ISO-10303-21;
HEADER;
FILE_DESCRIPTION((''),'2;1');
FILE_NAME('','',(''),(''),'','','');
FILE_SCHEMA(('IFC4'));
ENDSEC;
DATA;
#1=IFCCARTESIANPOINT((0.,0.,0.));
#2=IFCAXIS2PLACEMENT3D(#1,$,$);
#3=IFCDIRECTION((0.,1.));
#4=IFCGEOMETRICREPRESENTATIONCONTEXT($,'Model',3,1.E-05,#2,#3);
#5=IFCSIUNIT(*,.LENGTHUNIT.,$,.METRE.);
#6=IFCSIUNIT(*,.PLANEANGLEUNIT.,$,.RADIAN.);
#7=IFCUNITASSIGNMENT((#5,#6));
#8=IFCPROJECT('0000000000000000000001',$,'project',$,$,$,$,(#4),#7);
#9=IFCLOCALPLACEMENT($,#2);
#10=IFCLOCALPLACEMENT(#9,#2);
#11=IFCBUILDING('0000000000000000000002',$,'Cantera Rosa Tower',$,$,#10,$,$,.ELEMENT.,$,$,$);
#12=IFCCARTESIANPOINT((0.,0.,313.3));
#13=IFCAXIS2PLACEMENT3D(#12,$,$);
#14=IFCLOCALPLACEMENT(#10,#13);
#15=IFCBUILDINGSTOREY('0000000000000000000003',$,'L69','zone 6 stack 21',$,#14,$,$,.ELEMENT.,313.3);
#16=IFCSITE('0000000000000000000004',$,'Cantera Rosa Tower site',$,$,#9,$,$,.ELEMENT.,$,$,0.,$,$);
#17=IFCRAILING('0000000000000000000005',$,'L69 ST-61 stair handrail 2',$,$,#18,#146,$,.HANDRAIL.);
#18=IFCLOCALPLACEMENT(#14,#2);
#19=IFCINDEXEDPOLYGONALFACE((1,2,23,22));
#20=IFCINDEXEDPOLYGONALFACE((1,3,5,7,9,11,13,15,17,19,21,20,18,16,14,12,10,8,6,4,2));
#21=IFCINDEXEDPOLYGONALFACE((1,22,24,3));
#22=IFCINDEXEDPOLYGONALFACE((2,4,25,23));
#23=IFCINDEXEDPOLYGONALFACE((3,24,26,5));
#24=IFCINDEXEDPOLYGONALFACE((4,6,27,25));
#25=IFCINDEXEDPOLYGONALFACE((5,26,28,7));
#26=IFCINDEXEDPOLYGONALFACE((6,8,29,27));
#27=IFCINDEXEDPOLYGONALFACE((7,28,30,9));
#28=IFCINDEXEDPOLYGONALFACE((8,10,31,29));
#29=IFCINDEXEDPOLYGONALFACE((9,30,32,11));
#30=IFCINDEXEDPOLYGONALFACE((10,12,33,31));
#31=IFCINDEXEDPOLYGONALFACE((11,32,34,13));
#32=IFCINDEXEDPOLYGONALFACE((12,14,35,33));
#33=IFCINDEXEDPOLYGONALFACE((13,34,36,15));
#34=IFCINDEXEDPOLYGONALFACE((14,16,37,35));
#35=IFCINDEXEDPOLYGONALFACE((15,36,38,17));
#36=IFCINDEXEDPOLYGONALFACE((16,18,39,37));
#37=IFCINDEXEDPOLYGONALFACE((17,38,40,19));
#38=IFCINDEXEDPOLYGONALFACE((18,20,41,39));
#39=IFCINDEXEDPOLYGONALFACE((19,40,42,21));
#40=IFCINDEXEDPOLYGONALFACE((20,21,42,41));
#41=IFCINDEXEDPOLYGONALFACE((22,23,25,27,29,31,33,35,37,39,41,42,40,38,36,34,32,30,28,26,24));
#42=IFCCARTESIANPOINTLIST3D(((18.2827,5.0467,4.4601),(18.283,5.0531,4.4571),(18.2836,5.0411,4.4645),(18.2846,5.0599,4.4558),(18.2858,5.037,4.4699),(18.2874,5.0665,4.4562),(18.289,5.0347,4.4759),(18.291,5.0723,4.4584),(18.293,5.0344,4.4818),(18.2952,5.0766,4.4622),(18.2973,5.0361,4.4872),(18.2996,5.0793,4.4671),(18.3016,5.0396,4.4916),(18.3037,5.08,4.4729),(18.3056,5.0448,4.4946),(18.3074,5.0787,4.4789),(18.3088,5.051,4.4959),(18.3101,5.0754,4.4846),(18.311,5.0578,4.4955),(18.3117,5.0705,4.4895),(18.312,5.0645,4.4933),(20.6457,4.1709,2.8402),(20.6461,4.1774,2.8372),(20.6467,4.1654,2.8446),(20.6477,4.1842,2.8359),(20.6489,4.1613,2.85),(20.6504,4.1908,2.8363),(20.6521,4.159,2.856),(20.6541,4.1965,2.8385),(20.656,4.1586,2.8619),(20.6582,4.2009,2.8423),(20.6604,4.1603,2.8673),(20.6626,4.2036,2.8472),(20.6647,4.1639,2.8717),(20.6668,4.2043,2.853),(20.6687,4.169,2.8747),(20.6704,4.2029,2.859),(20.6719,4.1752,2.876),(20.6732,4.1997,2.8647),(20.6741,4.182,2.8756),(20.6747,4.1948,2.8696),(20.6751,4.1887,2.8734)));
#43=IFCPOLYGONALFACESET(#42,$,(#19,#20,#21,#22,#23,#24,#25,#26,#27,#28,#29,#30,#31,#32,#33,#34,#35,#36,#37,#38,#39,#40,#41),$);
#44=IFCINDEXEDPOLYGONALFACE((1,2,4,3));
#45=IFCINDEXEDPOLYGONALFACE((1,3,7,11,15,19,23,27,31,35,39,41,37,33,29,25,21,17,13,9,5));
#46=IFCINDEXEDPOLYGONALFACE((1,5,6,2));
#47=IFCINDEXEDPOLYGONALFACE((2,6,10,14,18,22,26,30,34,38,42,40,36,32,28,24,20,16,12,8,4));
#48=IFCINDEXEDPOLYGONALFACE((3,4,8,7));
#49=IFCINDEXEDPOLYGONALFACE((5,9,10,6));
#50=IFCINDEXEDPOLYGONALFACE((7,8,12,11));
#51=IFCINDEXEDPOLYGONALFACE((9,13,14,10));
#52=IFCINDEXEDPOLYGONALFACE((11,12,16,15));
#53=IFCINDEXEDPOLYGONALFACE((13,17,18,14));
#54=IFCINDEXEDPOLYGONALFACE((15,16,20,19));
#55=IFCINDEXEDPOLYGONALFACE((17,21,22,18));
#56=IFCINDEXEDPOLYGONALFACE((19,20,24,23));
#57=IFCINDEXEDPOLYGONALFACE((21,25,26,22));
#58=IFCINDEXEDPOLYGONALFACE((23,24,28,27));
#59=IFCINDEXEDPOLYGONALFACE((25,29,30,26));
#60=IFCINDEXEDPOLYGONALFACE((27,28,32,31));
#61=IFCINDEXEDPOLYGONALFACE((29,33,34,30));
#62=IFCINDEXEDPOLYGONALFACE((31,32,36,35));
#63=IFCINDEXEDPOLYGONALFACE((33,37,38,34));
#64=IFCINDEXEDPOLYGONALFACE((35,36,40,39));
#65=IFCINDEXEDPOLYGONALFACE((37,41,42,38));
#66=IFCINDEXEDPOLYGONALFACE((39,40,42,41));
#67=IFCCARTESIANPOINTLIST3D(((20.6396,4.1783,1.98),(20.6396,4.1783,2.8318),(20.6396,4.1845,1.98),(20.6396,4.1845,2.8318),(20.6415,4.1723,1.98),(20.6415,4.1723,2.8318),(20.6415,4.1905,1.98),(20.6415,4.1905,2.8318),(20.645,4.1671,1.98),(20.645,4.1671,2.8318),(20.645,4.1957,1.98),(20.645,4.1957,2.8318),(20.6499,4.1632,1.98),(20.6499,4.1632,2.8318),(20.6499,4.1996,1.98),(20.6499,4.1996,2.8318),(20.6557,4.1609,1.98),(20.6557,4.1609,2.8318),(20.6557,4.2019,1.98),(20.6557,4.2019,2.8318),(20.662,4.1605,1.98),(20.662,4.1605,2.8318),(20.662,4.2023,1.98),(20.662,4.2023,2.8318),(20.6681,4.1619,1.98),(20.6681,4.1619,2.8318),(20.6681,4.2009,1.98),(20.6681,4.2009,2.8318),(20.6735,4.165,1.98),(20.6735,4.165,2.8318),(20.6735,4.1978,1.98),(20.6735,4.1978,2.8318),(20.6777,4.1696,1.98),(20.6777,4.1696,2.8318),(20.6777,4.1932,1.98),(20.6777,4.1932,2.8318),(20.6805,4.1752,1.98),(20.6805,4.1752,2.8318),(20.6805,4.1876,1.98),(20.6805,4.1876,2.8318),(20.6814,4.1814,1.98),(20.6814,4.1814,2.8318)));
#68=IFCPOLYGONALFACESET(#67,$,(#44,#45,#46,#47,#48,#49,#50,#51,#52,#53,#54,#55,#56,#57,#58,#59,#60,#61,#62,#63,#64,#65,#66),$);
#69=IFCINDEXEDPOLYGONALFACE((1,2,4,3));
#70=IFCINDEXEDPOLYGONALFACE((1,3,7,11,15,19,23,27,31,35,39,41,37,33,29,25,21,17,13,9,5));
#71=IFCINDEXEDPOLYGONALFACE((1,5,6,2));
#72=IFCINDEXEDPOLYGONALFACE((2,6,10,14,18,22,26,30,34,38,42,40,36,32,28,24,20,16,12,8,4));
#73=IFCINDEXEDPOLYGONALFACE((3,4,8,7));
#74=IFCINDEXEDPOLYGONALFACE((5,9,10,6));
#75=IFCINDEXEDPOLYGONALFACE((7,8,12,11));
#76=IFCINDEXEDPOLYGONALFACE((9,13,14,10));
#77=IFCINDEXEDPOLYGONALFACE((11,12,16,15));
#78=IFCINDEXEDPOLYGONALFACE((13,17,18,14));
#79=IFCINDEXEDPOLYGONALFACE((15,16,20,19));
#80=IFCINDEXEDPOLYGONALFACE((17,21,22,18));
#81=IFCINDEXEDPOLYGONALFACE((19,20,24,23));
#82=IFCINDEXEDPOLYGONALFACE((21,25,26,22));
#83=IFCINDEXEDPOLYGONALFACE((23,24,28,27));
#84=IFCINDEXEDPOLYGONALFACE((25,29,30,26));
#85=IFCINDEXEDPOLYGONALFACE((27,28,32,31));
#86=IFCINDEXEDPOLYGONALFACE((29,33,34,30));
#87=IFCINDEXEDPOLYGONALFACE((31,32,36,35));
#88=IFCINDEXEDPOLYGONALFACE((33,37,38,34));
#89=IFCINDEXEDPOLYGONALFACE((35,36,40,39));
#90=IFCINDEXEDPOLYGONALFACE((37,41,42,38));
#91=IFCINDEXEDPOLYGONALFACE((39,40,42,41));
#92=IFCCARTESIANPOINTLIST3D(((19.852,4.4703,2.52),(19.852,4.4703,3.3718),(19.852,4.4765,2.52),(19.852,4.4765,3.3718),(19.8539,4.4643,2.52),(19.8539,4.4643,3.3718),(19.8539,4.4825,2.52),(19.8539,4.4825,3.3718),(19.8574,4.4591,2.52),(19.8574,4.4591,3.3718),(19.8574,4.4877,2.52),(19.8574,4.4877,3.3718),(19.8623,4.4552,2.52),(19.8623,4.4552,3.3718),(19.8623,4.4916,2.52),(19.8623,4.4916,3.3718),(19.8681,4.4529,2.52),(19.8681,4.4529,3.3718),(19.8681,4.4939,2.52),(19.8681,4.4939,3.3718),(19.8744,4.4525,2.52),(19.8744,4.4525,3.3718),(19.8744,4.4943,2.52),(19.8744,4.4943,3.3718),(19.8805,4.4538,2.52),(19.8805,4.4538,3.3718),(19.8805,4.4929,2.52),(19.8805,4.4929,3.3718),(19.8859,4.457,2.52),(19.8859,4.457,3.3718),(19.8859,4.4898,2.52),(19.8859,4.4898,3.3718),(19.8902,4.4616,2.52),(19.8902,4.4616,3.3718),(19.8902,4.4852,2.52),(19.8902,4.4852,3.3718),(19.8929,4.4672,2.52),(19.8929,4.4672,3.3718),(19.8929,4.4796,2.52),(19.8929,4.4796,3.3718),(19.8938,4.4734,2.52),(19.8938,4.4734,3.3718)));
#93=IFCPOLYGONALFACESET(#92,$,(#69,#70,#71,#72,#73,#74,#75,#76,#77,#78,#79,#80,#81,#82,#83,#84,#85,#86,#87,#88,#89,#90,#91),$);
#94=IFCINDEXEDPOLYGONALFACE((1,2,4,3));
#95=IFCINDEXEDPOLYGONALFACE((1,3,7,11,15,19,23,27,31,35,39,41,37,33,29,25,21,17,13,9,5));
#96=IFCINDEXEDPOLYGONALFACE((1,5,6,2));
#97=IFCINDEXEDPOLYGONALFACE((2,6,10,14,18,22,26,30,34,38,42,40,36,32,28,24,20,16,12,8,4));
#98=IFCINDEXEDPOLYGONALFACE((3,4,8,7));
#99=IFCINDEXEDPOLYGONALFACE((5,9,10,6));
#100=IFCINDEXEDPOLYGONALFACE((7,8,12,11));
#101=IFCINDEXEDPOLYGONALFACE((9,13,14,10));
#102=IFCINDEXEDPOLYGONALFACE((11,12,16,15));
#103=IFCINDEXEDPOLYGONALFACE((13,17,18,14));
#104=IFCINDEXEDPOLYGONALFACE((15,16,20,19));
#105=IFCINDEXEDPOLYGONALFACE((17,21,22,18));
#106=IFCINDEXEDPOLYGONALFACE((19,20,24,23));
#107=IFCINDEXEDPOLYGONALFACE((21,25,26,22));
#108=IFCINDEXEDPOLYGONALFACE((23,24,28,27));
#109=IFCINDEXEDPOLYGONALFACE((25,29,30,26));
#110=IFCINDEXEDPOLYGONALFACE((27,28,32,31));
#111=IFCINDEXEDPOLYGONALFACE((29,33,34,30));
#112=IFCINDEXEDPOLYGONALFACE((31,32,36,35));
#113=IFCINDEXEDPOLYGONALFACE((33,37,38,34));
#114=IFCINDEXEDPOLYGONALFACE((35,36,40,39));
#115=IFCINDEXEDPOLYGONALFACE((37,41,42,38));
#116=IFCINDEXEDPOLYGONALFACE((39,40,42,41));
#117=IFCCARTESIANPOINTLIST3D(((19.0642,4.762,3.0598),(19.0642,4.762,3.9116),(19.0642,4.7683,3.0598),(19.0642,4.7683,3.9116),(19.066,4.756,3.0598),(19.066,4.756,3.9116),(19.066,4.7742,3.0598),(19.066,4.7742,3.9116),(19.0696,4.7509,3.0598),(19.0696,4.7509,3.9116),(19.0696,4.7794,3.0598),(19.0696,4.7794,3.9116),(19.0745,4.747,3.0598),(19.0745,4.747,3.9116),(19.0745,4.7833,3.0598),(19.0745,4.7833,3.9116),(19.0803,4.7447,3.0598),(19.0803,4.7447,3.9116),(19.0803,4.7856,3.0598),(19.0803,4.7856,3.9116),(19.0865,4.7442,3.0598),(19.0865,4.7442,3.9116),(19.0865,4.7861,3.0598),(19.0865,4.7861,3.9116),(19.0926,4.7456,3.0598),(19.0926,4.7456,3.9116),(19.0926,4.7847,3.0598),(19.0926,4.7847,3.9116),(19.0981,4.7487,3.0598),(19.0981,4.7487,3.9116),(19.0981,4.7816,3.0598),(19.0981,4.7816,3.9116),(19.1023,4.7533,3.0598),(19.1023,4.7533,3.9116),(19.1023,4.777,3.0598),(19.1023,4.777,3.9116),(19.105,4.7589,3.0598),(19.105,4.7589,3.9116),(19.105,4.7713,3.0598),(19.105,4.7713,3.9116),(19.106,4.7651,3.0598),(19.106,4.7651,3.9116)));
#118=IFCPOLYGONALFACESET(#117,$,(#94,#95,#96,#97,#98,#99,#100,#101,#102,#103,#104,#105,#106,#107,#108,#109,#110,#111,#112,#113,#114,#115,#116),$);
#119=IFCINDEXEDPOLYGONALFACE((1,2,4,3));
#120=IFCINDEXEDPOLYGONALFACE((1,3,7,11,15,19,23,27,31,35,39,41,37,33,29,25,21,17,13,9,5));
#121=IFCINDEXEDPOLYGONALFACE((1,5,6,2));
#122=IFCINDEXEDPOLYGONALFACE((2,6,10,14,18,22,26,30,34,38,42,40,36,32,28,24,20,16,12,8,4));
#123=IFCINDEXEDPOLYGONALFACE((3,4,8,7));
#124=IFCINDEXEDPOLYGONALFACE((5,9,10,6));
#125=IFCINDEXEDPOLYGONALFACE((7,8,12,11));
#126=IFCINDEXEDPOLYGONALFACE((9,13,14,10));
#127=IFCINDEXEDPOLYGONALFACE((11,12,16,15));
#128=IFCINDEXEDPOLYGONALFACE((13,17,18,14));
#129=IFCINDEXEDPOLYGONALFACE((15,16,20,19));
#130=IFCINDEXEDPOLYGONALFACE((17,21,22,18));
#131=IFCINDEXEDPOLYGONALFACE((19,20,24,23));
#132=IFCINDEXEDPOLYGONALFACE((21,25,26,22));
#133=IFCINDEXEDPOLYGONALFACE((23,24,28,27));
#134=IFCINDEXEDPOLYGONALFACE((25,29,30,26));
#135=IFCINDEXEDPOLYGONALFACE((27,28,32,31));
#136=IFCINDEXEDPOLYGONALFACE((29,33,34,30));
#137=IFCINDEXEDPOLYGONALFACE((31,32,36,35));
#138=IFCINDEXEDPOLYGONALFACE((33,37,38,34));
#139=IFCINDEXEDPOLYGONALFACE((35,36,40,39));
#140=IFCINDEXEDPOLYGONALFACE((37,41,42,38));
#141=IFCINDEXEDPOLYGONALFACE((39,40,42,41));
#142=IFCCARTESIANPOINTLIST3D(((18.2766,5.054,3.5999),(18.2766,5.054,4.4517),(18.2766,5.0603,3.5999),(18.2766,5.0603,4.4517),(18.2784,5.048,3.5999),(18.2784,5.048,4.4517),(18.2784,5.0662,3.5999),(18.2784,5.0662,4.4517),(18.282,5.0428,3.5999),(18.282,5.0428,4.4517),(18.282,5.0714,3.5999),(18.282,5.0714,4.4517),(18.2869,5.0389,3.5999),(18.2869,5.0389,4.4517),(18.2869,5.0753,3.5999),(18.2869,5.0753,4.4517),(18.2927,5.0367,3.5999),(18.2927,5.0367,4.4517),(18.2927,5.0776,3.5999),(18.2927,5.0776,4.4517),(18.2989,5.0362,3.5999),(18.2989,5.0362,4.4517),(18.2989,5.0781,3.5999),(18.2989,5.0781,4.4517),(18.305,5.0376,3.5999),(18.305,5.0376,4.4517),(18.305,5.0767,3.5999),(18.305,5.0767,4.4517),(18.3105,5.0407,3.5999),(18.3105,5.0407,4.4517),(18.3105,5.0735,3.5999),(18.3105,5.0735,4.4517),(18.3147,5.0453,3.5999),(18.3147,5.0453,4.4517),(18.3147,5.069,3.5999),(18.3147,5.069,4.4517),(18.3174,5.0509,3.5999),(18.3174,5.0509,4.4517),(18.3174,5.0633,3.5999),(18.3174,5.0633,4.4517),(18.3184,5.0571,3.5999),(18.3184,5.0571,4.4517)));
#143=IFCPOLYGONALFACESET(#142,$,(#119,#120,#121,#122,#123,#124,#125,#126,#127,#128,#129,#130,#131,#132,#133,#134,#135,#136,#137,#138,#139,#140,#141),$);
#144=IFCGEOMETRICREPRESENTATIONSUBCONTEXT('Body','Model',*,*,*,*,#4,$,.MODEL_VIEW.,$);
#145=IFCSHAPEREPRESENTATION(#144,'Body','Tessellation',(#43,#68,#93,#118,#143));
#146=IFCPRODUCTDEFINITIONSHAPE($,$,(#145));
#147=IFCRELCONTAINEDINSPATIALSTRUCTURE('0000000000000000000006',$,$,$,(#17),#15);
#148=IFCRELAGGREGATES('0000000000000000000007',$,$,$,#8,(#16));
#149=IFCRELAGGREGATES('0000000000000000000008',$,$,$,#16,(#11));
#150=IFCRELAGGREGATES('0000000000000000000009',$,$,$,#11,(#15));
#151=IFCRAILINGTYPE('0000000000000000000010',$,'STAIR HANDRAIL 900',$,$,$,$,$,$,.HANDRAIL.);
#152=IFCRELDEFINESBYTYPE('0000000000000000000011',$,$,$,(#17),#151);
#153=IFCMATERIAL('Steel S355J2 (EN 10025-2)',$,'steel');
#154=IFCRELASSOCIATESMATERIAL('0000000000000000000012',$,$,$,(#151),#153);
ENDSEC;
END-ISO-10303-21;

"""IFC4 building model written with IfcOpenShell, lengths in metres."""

from ifc_helpers import new_model, si_unit, direction, frame, origin, origin_2d, place, context, subcontext, project, spatial, circle, extrude, material, type_object, element, save


model = new_model("IFC4")

# Units and contexts
model_context = context("Model", 3, precision=1e-05, world=origin(), true_north=direction((0.0, 1.0)))
body_context = subcontext(model_context, "Body", "Model", "MODEL_VIEW")
ifc_project = project(units=[si_unit("LENGTHUNIT", "METRE"), si_unit("PLANEANGLEUNIT", "RADIAN")], contexts=[model_context])

# Site, building, storey
site_placement = place(None, origin())
site = spatial("IfcSite", under=ifc_project, at=site_placement, Name="Cantera Rosa Tower site", CompositionType="ELEMENT", RefElevation=0.0)
building_placement = place(site_placement, origin())
building = spatial("IfcBuilding", under=site, at=building_placement, Name="Cantera Rosa Tower", CompositionType="ELEMENT")
storey_placement = place(building_placement, frame((0.0, 0.0, 313.3)))
storey = spatial("IfcBuildingStorey", under=building, at=storey_placement, Name="L69", Description="zone 6 stack 21", CompositionType="ELEMENT", Elevation=313.3)

# Railing
ifc_material_1 = material(Name="Steel S355J2 (EN 10025-2)", Category="steel")
railing_type_1 = type_object("IfcRailingType", Name="STAIR HANDRAIL 900", PredefinedType="HANDRAIL", material=ifc_material_1)
railing_1_placement = place(storey_placement, frame((20.6604, 4.1814, 1.98)))
element("IfcRailing", 1, at=railing_1_placement, inside=storey, type_object=railing_type_1, Name="L69 ST-61 stair handrail 2", PredefinedType="HANDRAIL", context=body_context, shape_type="SweptSolid", body=[
    extrude(circle(Radius=0.0239, at=origin_2d()), frame((0.0, 0.0, 0.876), z_axis=(-0.788782, 0.29232, 0.540714), x_axis=(-0.347501, -0.93768, 0.0)), (0.0, 0.0, 1.0), 2.9958),
    extrude(circle(Radius=0.021, at=origin_2d()), origin(), (0.0, 0.0, 1.0), 0.8518),
    extrude(circle(Radius=0.021, at=origin_2d()), frame((-0.7876, 0.292, 0.54)), (0.0, 0.0, 1.0), 0.8518),
    extrude(circle(Radius=0.021, at=origin_2d()), frame((-1.5754, 0.5837, 1.0798)), (0.0, 0.0, 1.0), 0.8518),
    extrude(circle(Radius=0.021, at=origin_2d()), frame((-2.363, 0.8757, 1.6199)), (0.0, 0.0, 1.0), 0.8518),
])

save(model, "model.ifc")
